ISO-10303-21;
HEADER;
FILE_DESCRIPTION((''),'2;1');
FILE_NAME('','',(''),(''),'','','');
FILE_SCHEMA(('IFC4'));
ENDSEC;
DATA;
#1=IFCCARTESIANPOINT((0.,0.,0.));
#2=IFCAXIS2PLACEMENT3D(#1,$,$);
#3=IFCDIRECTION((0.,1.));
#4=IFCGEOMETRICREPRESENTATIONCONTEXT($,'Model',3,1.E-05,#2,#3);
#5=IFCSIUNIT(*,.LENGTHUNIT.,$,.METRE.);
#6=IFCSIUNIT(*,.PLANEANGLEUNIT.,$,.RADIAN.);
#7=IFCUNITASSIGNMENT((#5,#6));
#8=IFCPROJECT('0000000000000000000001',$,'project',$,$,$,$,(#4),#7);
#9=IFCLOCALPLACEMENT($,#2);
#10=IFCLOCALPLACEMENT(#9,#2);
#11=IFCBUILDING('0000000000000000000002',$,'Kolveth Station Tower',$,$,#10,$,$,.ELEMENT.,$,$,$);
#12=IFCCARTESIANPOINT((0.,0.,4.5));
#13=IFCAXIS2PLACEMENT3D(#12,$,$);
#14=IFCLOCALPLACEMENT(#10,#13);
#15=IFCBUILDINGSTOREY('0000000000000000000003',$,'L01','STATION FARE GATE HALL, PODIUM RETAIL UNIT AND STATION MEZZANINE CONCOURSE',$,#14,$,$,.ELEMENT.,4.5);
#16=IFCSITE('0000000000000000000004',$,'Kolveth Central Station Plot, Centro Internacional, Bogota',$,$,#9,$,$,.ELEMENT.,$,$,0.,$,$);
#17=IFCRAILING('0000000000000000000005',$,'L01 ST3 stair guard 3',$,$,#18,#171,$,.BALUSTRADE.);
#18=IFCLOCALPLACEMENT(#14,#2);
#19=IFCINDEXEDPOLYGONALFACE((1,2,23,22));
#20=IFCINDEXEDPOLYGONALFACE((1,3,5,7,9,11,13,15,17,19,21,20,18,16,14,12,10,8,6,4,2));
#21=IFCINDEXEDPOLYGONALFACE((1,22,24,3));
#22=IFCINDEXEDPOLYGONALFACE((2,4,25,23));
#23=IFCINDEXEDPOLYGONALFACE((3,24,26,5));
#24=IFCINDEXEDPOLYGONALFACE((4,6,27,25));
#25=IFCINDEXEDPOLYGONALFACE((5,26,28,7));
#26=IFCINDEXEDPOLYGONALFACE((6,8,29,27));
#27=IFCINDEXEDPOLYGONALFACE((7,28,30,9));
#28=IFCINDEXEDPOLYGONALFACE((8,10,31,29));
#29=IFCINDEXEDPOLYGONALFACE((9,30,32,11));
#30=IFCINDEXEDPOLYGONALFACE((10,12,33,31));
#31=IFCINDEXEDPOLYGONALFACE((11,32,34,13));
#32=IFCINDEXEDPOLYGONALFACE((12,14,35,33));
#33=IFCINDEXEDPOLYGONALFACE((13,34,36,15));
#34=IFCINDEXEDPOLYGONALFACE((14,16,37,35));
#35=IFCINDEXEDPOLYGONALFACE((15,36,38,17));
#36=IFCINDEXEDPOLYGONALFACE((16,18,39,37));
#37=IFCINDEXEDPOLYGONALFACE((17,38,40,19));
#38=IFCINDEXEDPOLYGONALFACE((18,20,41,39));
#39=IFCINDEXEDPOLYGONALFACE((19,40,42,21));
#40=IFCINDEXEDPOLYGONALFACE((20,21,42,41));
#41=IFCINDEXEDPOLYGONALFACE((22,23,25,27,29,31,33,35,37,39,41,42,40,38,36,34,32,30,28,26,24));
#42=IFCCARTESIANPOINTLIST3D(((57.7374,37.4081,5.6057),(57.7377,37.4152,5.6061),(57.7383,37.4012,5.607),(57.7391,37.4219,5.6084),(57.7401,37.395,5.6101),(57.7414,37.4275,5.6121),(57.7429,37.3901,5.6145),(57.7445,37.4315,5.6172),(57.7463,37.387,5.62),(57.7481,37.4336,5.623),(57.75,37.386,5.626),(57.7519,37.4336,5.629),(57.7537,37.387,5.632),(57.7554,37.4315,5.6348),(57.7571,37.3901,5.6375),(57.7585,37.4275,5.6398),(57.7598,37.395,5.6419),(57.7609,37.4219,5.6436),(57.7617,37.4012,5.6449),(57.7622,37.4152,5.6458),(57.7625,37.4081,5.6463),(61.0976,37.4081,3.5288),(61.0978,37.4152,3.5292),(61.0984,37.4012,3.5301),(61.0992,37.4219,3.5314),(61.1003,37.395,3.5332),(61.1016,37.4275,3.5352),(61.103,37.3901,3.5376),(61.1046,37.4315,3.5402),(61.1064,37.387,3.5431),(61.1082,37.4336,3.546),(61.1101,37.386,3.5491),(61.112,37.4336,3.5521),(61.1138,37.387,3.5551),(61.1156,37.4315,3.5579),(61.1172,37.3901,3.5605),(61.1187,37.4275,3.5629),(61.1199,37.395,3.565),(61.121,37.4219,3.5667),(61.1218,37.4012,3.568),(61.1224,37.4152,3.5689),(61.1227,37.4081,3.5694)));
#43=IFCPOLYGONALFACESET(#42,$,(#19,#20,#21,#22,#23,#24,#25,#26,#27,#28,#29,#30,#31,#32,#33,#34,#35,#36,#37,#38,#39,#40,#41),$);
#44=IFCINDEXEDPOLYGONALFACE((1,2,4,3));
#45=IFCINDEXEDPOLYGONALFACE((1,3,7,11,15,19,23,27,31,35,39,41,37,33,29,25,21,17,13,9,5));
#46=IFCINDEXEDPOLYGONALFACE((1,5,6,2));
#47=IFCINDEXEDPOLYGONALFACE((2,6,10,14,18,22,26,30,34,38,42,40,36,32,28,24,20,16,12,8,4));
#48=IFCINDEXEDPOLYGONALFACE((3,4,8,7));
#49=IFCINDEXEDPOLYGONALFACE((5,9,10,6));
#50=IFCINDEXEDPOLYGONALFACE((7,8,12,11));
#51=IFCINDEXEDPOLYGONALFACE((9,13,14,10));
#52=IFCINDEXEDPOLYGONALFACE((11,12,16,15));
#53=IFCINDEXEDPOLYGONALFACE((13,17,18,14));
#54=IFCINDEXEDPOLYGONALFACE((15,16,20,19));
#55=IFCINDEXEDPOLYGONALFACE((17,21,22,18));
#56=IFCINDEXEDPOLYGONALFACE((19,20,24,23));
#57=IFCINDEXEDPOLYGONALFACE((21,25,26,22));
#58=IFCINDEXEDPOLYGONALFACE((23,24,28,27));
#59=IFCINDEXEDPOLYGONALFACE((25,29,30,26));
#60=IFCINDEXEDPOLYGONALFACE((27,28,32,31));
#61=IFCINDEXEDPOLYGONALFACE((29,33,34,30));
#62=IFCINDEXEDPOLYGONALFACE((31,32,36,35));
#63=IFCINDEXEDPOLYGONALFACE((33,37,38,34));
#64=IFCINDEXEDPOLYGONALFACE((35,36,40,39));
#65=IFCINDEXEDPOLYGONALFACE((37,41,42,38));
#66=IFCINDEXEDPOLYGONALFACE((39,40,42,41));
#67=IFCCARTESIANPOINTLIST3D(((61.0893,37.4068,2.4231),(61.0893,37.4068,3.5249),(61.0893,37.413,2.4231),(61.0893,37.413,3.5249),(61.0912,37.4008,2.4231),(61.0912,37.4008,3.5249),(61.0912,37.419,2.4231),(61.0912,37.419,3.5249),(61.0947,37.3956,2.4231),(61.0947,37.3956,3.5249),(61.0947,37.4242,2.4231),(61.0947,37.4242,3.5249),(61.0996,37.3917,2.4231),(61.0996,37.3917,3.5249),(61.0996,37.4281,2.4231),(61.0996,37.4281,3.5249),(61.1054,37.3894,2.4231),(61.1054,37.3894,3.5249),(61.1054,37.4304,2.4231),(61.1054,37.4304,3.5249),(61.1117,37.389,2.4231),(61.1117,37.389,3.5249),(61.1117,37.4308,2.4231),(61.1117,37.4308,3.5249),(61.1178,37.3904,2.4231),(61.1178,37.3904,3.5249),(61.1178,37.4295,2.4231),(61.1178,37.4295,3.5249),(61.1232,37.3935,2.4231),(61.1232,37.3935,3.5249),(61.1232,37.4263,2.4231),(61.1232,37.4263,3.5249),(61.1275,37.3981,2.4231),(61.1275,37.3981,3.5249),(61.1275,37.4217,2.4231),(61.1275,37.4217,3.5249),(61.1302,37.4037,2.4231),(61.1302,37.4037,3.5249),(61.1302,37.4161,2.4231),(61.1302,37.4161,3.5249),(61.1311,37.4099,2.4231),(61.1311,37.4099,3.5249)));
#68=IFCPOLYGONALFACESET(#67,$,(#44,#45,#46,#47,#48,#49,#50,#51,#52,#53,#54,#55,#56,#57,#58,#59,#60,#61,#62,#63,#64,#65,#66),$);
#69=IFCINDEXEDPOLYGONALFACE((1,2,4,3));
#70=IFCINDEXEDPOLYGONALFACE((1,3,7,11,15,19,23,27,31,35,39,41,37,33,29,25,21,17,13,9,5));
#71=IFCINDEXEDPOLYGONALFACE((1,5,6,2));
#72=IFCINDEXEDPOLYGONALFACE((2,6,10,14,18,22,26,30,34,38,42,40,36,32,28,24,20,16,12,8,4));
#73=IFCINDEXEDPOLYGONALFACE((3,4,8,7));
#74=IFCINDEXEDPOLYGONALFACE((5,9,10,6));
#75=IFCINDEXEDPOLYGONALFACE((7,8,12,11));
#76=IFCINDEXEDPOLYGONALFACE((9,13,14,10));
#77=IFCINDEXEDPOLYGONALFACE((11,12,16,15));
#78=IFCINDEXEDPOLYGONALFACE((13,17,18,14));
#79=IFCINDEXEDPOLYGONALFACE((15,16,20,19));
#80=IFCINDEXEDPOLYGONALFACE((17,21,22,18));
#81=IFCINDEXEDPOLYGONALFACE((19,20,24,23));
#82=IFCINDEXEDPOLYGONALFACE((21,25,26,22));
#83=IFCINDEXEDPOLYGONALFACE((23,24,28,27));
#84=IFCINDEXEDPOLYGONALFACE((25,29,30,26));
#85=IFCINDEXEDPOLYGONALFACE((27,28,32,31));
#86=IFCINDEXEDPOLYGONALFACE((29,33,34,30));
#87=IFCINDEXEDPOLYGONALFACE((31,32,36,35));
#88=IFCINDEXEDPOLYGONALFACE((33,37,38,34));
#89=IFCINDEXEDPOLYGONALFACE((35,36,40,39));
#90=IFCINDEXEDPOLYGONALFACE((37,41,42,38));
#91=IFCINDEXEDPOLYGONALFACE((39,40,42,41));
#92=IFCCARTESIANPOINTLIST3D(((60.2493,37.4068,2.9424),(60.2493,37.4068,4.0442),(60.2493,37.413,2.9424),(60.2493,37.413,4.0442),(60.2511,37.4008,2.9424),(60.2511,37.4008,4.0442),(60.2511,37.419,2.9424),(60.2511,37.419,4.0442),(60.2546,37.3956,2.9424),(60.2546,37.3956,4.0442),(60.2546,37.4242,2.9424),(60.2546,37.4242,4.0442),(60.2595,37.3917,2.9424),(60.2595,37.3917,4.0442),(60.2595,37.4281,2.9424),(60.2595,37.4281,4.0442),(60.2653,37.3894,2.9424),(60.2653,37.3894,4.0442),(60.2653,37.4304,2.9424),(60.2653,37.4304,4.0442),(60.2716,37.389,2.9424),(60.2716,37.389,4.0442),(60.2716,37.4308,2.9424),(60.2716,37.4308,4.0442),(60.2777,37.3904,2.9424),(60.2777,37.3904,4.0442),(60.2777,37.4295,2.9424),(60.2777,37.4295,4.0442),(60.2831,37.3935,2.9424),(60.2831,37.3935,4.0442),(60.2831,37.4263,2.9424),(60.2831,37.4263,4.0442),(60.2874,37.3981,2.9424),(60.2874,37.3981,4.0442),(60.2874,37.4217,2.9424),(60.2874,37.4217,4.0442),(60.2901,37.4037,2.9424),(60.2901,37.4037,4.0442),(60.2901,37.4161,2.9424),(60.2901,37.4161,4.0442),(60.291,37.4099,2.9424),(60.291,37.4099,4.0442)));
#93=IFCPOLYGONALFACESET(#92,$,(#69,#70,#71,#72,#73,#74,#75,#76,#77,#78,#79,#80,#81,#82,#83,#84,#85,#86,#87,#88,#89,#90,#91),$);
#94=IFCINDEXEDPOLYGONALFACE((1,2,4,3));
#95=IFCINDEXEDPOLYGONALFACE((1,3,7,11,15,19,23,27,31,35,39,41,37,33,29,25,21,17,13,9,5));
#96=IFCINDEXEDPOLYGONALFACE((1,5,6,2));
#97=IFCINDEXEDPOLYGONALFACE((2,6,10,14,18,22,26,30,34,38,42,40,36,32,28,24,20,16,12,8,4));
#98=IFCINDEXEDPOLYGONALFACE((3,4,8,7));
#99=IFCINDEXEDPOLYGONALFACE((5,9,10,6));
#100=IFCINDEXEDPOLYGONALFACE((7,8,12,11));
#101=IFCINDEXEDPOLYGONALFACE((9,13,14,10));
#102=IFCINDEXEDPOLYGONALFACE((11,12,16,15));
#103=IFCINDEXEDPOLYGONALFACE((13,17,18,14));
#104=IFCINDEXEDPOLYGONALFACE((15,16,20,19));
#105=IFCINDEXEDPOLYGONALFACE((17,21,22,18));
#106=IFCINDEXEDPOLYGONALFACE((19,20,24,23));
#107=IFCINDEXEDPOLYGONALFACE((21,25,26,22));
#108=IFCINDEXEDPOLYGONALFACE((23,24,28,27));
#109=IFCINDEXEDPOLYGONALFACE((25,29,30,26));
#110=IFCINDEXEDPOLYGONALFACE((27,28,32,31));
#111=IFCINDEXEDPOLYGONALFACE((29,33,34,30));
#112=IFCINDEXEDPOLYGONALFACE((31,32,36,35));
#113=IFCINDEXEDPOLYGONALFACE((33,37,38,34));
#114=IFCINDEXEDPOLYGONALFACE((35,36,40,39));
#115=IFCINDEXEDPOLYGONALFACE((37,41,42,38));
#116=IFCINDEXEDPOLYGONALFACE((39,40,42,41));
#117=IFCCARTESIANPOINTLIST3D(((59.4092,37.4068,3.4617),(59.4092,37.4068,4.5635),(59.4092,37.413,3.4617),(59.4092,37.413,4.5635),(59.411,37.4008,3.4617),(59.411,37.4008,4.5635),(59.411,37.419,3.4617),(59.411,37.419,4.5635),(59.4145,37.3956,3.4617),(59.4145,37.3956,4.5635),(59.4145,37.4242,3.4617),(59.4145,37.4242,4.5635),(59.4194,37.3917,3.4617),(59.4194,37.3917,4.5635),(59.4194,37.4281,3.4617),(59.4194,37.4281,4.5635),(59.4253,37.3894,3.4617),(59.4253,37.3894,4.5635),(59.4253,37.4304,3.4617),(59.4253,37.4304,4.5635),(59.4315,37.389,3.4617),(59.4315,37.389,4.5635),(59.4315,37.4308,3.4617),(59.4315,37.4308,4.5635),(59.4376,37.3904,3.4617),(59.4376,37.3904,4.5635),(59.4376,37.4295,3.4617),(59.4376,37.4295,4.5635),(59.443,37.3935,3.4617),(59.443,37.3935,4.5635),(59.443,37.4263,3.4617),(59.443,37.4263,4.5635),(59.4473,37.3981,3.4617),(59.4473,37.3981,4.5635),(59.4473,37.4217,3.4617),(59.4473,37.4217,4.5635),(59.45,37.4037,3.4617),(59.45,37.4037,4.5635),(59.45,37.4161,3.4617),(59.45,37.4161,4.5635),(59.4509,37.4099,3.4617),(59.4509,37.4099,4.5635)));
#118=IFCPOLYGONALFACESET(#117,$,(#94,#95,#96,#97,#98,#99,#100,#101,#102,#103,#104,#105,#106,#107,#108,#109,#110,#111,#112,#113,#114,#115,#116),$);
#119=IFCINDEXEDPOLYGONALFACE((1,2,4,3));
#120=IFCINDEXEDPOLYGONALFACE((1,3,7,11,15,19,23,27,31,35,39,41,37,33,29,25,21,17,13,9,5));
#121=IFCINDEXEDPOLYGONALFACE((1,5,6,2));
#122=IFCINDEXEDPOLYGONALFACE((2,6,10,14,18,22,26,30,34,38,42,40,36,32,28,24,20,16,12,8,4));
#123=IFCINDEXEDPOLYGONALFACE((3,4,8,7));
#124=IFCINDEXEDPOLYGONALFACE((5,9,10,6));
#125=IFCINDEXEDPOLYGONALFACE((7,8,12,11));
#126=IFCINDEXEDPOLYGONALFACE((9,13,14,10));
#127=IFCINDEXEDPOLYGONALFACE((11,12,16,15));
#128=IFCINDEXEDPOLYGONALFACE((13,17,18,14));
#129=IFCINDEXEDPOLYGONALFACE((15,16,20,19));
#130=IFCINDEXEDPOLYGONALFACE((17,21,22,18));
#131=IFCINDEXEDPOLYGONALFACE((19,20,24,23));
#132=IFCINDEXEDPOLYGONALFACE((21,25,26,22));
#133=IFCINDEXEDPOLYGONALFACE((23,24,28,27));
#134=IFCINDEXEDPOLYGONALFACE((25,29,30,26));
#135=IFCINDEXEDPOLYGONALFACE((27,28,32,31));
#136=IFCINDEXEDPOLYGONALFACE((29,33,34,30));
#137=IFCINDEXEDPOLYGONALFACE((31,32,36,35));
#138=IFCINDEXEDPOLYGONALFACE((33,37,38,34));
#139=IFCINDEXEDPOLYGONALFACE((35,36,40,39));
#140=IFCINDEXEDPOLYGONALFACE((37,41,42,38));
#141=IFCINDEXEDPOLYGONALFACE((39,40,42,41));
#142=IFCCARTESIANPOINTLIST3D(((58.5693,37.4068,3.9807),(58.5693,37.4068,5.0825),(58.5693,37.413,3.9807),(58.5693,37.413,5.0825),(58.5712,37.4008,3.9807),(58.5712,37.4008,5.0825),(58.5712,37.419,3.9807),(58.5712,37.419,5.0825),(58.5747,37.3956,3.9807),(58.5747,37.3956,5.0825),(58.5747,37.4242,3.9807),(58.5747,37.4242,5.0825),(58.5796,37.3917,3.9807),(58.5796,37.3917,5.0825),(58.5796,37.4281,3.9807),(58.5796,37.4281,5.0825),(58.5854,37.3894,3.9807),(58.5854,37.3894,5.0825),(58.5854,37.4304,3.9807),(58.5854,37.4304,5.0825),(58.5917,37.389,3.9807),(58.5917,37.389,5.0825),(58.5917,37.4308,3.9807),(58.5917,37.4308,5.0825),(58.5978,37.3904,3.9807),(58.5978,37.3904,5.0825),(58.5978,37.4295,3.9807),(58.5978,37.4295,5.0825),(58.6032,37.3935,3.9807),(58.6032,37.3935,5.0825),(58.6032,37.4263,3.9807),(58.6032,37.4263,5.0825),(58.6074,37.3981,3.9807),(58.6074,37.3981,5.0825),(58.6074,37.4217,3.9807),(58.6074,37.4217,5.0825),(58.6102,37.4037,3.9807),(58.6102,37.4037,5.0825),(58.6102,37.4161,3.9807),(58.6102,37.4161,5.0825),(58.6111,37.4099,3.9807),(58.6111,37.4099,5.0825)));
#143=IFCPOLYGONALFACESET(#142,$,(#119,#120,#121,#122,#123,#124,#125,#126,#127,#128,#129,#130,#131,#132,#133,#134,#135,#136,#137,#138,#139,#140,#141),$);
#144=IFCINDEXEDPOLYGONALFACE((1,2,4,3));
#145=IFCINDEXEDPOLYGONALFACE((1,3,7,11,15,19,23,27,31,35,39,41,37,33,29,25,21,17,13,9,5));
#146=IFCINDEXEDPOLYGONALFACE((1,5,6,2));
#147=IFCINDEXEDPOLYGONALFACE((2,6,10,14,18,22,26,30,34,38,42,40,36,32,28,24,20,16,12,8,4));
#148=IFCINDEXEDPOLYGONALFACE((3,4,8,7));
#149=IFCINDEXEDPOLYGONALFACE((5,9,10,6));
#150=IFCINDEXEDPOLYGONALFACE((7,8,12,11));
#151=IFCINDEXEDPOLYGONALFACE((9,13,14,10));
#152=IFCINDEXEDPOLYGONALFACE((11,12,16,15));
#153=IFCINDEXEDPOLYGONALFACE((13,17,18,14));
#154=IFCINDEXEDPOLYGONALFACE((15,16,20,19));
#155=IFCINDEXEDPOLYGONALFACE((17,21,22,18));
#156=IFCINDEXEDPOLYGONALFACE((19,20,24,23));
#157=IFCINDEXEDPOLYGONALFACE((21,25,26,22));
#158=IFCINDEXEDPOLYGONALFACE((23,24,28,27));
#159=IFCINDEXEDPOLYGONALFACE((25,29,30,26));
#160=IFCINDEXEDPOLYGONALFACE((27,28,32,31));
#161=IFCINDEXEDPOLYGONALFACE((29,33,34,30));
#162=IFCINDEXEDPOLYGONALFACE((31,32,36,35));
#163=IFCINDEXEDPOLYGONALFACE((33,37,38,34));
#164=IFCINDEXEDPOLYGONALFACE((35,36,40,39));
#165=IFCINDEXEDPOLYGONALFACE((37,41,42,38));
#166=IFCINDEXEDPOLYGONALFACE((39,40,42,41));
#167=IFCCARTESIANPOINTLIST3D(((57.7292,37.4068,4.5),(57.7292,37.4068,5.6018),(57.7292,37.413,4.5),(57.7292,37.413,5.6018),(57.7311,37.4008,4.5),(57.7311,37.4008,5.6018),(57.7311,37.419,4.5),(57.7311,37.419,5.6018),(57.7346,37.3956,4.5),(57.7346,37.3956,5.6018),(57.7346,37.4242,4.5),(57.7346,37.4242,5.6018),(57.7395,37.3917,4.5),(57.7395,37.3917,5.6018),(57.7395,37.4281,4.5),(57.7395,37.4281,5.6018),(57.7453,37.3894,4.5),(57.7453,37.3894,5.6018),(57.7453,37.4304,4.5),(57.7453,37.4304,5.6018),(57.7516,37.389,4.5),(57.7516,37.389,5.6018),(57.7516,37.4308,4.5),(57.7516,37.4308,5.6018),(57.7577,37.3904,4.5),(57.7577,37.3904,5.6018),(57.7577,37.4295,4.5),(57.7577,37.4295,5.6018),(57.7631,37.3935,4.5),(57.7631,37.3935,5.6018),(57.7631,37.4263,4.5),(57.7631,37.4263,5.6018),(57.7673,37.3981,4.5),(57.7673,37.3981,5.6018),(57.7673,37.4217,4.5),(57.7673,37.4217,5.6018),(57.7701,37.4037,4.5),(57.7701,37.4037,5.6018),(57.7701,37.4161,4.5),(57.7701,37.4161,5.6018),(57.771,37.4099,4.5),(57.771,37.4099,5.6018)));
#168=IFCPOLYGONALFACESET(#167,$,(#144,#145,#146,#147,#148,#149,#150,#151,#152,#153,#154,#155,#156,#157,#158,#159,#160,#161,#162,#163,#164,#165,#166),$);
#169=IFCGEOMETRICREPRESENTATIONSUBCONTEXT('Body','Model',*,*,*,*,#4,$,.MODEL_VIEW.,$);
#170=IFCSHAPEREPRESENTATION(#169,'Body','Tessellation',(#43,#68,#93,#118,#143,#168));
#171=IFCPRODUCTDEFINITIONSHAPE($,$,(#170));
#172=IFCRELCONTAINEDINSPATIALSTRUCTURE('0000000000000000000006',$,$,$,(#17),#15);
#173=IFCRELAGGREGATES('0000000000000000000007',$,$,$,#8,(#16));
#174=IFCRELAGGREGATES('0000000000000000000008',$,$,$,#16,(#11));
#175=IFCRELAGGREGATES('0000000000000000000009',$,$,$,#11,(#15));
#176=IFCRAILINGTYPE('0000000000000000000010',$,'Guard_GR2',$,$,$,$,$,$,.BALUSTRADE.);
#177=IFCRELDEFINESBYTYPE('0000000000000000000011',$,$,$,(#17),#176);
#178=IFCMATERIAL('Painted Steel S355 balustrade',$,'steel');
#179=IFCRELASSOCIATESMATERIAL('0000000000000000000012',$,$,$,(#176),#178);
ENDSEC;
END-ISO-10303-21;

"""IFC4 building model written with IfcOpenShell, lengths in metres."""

from ifc_helpers import new_model, si_unit, direction, frame, origin, origin_2d, place, context, subcontext, project, spatial, circle, extrude, material, type_object, element, save


model = new_model("IFC4")

# Units and contexts
model_context = context("Model", 3, precision=1e-05, world=origin(), true_north=direction((0.0, 1.0)))
body_context = subcontext(model_context, "Body", "Model", "MODEL_VIEW")
ifc_project = project(units=[si_unit("LENGTHUNIT", "METRE"), si_unit("PLANEANGLEUNIT", "RADIAN")], contexts=[model_context])

# Site, building, storey
site_placement = place(None, origin())
site = spatial("IfcSite", under=ifc_project, at=site_placement, Name="Kolveth Central Station Plot, Centro Internacional, Bogota", CompositionType="ELEMENT", RefElevation=0.0)
building_placement = place(site_placement, origin())
building = spatial("IfcBuilding", under=site, at=building_placement, Name="Kolveth Station Tower", CompositionType="ELEMENT")
storey_placement = place(building_placement, frame((0.0, 0.0, 4.5)))
storey = spatial("IfcBuildingStorey", under=building, at=storey_placement, Name="L01", Description="STATION FARE GATE HALL, PODIUM RETAIL UNIT AND STATION MEZZANINE CONCOURSE", CompositionType="ELEMENT", Elevation=4.5)

# Railing
ifc_material_1 = material(Name="Painted Steel S355 balustrade", Category="steel")
railing_type_1 = type_object("IfcRailingType", Name="Guard_GR2", PredefinedType="BALUSTRADE", material=ifc_material_1)
railing_1_placement = place(storey_placement, frame((61.1101, 37.4099, 2.4231)))
element("IfcRailing", 1, at=railing_1_placement, inside=storey, type_object=railing_type_1, Name="L01 ST3 stair guard 3", PredefinedType="BALUSTRADE", context=body_context, shape_type="SweptSolid", body=[
    extrude(circle(Radius=0.0239, at=origin_2d()), frame((0.0, 0.0, 1.126), z_axis=(-0.850623, 0.0, 0.525776), x_axis=(0.0, -1.0, 0.0)), (0.0, 0.0, 1.0), 3.9502),
    extrude(circle(Radius=0.021, at=origin_2d()), origin(), (0.0, 0.0, 1.0), 1.1018),
    extrude(circle(Radius=0.021, at=origin_2d()), frame((-0.8401, 0.0, 0.5193)), (0.0, 0.0, 1.0), 1.1018),
    extrude(circle(Radius=0.021, at=origin_2d()), frame((-1.6802, 0.0, 1.0386)), (0.0, 0.0, 1.0), 1.1018),
    extrude(circle(Radius=0.021, at=origin_2d()), frame((-2.52, 0.0, 1.5576)), (0.0, 0.0, 1.0), 1.1018),
    extrude(circle(Radius=0.021, at=origin_2d()), frame((-3.3601, 0.0, 2.0769)), (0.0, 0.0, 1.0), 1.1018),
])

save(model, "model.ifc")
